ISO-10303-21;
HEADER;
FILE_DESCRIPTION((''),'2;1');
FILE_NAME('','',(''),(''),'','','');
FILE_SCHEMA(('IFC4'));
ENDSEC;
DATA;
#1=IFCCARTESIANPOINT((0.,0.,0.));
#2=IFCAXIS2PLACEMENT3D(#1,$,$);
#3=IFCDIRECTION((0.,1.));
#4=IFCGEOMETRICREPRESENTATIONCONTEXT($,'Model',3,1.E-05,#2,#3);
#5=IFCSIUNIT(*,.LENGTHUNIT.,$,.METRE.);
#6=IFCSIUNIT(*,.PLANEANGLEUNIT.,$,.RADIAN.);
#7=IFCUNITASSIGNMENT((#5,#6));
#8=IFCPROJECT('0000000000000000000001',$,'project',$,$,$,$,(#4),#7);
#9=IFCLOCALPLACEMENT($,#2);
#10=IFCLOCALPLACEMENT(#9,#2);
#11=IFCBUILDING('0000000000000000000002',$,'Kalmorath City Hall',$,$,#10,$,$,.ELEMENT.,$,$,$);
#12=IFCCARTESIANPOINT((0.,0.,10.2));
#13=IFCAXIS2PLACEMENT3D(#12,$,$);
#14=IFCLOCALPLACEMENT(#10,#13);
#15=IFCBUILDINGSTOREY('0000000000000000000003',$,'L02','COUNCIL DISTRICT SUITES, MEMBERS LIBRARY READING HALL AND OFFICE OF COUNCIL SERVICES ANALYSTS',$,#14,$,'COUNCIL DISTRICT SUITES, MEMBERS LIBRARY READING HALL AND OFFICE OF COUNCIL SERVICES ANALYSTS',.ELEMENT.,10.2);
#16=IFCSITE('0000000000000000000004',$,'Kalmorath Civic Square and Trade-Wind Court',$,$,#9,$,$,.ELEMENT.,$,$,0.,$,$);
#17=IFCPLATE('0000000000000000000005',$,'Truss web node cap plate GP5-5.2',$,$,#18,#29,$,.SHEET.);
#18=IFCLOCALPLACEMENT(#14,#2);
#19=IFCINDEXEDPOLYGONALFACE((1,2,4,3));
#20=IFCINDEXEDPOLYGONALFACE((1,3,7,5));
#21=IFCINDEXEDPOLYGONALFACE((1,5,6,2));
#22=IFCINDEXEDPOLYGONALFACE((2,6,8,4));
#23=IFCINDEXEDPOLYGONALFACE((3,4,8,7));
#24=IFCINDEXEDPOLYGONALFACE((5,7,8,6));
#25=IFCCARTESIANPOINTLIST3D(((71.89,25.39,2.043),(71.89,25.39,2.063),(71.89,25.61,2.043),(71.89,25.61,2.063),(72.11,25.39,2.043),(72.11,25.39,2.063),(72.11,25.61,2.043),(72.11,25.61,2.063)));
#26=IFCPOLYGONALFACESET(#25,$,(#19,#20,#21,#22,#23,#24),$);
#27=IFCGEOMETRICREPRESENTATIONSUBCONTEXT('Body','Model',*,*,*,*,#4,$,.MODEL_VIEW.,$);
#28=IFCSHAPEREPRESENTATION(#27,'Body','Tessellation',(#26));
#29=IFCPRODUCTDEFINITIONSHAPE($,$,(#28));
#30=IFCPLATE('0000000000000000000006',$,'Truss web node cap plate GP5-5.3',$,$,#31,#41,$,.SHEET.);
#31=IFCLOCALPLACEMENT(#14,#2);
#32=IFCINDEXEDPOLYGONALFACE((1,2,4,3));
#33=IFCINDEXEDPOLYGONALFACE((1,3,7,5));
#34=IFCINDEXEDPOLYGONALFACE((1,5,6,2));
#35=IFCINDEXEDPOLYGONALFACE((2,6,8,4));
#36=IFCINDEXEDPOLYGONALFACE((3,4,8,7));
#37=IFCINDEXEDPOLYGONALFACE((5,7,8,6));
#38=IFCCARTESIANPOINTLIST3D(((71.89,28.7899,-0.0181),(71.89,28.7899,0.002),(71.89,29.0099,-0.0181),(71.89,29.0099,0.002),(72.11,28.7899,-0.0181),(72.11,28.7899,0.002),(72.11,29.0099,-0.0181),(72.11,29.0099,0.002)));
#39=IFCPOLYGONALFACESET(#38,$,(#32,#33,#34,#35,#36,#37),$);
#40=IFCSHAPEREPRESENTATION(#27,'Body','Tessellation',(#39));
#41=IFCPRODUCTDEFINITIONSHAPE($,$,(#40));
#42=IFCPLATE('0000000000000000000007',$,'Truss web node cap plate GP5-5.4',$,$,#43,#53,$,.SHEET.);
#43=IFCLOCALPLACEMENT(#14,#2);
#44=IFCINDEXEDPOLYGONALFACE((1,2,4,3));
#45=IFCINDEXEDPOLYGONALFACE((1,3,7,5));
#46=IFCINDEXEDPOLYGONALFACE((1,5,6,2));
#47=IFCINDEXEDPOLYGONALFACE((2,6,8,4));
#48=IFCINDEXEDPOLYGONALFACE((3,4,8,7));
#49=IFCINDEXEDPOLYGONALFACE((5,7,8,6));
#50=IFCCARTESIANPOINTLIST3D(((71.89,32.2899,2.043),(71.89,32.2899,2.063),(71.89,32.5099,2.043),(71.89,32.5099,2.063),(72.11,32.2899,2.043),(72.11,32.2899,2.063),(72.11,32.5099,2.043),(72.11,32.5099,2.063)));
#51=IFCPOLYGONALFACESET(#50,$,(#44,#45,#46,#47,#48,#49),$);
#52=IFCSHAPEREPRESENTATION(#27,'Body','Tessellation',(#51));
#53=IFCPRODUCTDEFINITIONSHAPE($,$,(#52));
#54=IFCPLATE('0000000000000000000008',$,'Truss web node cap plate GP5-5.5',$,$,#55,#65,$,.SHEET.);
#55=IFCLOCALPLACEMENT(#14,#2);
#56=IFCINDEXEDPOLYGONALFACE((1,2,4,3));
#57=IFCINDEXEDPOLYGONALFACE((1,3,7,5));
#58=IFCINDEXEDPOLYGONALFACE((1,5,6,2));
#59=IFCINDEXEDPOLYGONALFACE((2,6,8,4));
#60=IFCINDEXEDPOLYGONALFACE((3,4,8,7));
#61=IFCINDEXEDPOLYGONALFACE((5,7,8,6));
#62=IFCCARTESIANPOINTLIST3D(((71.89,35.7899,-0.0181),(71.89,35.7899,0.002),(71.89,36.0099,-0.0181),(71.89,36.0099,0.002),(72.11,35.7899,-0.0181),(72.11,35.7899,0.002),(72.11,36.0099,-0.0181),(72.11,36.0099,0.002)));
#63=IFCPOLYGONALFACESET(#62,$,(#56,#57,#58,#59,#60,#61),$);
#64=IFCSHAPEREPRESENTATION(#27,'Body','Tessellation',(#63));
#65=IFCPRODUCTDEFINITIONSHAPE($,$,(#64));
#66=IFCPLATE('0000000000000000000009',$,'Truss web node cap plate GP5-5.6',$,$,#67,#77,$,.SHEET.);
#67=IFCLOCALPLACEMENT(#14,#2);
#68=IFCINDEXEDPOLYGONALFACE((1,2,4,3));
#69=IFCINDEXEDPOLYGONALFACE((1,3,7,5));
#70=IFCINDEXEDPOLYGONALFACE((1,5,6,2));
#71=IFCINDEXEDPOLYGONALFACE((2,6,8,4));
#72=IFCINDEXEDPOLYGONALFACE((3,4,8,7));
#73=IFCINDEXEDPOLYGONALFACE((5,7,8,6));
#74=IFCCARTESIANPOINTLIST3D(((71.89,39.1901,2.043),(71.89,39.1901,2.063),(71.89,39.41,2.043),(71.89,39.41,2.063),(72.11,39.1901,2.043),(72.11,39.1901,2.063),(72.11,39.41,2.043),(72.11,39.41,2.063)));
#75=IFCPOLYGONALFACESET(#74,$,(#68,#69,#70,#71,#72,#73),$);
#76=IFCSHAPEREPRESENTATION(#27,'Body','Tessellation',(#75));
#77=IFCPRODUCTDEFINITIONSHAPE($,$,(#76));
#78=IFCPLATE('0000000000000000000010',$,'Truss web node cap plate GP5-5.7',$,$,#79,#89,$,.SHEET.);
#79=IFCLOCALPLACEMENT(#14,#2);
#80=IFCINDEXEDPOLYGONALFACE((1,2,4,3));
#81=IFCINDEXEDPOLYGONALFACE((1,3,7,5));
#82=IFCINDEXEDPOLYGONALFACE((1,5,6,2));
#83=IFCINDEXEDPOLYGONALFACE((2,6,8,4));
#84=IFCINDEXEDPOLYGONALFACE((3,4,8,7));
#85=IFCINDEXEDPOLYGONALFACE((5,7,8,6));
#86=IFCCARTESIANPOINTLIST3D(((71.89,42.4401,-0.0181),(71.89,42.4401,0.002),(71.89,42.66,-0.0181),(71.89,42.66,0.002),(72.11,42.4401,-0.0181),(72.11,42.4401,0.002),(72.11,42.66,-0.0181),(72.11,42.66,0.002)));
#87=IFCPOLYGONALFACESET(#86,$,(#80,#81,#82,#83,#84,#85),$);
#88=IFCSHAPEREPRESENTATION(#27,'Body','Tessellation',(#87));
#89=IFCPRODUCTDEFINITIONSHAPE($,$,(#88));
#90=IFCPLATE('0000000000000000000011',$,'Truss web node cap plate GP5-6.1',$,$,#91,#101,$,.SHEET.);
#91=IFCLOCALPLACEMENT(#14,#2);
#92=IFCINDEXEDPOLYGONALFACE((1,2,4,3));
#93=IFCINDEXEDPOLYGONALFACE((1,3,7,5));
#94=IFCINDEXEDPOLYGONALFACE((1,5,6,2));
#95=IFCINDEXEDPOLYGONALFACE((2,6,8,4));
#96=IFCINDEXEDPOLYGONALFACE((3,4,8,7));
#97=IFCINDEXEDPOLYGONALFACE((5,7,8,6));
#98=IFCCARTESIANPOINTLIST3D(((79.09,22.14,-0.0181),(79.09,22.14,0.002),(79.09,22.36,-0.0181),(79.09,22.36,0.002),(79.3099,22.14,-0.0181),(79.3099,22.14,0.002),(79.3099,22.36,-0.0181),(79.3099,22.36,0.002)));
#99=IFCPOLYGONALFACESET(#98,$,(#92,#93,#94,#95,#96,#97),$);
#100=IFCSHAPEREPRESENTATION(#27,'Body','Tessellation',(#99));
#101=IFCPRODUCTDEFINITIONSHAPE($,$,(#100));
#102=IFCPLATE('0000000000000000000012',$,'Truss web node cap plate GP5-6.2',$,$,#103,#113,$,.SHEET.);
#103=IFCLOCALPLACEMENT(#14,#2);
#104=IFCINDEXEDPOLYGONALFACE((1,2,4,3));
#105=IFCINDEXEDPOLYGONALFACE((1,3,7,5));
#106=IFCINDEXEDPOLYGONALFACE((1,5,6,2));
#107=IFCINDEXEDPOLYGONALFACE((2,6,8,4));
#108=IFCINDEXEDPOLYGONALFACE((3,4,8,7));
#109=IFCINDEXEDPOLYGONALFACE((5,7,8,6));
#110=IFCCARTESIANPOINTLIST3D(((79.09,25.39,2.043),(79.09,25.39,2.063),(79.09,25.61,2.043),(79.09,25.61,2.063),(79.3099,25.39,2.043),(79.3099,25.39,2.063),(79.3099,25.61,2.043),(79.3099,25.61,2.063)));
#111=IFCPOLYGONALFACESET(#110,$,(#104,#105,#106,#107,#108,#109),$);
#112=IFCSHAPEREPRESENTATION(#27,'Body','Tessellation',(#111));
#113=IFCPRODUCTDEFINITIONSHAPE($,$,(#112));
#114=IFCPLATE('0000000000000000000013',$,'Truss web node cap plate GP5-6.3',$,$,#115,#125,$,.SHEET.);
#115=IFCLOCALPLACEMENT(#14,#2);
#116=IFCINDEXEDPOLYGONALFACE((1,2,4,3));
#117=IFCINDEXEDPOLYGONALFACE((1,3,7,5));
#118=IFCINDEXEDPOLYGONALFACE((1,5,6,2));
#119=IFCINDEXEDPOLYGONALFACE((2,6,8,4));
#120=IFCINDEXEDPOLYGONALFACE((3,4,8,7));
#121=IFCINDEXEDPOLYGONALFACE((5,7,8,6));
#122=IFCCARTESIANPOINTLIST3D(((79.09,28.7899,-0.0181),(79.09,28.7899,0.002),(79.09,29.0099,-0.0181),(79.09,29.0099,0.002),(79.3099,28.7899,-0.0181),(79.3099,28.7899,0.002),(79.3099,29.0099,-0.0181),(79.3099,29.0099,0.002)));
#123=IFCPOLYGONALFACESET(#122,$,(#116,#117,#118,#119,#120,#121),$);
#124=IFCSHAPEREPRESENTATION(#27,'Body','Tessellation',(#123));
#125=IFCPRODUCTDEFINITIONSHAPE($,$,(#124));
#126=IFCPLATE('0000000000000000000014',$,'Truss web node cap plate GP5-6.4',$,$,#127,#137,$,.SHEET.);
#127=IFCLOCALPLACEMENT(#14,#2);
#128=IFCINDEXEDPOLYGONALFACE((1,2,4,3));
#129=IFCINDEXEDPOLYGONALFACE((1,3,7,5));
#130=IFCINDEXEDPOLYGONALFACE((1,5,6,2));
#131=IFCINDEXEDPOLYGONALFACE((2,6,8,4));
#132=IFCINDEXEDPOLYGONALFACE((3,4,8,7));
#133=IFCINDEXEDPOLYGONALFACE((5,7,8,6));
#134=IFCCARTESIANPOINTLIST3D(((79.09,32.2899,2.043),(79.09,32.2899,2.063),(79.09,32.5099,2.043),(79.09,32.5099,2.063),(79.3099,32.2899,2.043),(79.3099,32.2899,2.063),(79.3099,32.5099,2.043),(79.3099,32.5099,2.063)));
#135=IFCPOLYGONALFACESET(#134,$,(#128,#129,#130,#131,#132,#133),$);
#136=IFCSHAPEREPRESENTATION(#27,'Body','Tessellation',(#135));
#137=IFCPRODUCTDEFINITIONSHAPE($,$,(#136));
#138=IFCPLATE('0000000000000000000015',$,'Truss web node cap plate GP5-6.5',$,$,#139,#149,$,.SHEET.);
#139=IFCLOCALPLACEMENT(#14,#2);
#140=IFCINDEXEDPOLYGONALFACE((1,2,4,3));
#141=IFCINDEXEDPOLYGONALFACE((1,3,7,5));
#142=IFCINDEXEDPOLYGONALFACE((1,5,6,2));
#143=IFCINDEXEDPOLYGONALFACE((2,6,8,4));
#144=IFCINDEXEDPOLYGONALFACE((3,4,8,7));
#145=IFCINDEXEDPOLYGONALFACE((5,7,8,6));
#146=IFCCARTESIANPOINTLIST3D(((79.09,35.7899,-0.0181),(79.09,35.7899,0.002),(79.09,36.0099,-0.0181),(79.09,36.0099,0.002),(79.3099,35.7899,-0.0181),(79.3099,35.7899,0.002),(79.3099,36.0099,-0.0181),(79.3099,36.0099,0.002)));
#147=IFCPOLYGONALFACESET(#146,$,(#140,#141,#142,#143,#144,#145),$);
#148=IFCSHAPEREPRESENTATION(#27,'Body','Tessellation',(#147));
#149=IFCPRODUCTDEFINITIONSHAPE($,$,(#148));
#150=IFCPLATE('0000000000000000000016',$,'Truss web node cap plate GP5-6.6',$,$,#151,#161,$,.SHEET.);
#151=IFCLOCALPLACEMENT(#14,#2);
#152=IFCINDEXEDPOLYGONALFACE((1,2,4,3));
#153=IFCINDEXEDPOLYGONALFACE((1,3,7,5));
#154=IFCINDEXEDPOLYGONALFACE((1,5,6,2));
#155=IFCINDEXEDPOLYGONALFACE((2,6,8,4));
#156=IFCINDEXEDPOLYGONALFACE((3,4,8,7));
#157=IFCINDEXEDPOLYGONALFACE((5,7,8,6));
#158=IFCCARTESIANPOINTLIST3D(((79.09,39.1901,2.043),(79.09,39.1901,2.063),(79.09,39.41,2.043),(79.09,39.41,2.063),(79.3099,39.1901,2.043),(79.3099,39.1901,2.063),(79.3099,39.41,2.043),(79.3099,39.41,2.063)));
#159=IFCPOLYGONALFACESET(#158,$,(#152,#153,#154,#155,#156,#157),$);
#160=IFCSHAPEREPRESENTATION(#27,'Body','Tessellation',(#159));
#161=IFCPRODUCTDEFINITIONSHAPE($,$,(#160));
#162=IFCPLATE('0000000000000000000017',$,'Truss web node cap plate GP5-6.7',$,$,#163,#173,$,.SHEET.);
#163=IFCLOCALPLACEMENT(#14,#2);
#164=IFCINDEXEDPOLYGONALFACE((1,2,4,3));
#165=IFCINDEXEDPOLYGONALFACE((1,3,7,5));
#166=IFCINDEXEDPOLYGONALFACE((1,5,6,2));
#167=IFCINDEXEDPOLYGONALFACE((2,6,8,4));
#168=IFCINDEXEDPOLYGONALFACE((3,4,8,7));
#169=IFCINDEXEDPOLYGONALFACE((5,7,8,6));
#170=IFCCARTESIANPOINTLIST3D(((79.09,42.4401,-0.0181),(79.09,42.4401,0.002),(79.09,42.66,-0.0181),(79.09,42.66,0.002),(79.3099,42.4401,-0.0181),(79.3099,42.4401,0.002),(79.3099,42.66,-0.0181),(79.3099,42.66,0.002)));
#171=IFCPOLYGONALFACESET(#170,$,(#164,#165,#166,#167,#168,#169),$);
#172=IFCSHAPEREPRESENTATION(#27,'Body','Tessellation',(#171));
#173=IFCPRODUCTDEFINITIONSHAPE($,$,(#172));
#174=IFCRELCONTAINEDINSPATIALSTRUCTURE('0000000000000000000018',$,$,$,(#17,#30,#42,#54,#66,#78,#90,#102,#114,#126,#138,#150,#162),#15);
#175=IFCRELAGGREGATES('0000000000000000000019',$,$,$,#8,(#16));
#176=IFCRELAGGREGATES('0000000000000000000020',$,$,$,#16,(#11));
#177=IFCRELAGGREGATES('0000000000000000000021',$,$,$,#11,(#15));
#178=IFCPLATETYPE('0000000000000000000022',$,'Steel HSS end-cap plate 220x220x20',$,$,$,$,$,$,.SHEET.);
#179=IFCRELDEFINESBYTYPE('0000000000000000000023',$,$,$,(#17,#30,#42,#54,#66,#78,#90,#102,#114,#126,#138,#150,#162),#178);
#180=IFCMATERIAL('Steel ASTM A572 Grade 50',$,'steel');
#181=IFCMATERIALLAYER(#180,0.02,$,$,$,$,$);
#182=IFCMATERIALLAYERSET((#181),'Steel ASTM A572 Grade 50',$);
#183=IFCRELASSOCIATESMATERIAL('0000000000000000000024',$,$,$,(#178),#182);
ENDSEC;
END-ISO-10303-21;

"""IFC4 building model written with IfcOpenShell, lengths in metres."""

from ifc_helpers import new_model, si_unit, direction, frame, origin, origin_2d, place, context, subcontext, project, spatial, rectangle, extrude, material, layer, layer_set, type_object, element, save


model = new_model("IFC4")

# Units and contexts
model_context = context("Model", 3, precision=1e-05, world=origin(), true_north=direction((0.0, 1.0)))
body_context = subcontext(model_context, "Body", "Model", "MODEL_VIEW")
ifc_project = project(units=[si_unit("LENGTHUNIT", "METRE"), si_unit("PLANEANGLEUNIT", "RADIAN")], contexts=[model_context])

# Site, building, storey
site_placement = place(None, origin())
site = spatial("IfcSite", under=ifc_project, at=site_placement, Name="Kalmorath Civic Square and Trade-Wind Court", CompositionType="ELEMENT", RefElevation=0.0)
building_placement = place(site_placement, origin())
building = spatial("IfcBuilding", under=site, at=building_placement, Name="Kalmorath City Hall", CompositionType="ELEMENT")
storey_placement = place(building_placement, frame((0.0, 0.0, 10.2)))
storey = spatial("IfcBuildingStorey", under=building, at=storey_placement, Name="L02", Description="COUNCIL DISTRICT SUITES, MEMBERS LIBRARY READING HALL AND OFFICE OF COUNCIL SERVICES ANALYSTS", LongName="COUNCIL DISTRICT SUITES, MEMBERS LIBRARY READING HALL AND OFFICE OF COUNCIL SERVICES ANALYSTS", CompositionType="ELEMENT", Elevation=10.2)

# Plates
ifc_material_1 = material(Name="Steel ASTM A572 Grade 50", Category="steel")
ifc_layer_1 = layer(ifc_material_1, 0.02)
ifc_layer_set_1 = layer_set([ifc_layer_1], Name="Steel ASTM A572 Grade 50")
plate_type = type_object("IfcPlateType", Name="Steel HSS end-cap plate 220x220x20", PredefinedType="SHEET", material=ifc_layer_set_1)
for number, where, z_axis, x_axis, name in (
    (1, (72.0, 25.5, 2.043), (0.0, 0.0, 1.0), (1.0, 0.0, 0.0), "Truss web node cap plate GP5-5.2"),
    (2, (72.0, 28.8999, -0.0181), (0.0, 0.0, 1.0), (1.0, 0.0, 0.0), "Truss web node cap plate GP5-5.3"),
    (3, (72.0, 32.3999, 2.043), (0.0, 0.0, 1.0), (1.0, 0.0, 0.0), "Truss web node cap plate GP5-5.4"),
    (4, (72.0, 35.8999, -0.0181), (0.0, 0.0, 1.0), (1.0, 0.0, 0.0), "Truss web node cap plate GP5-5.5"),
    (5, (72.0, 39.3, 2.043), (0.0, 0.0, 1.0), (1.0, 0.0, 0.0), "Truss web node cap plate GP5-5.6"),
    (6, (72.0, 42.55, -0.0181), (0.0, 0.0, 1.0), (1.0, 0.0, 0.0), "Truss web node cap plate GP5-5.7"),
    (7, (79.2, 22.25, -0.0181), (0.0, 0.0, 1.0), (1.0, 0.0, 0.0), "Truss web node cap plate GP5-6.1"),
    (8, (79.2, 25.5, 2.043), (0.0, 0.0, 1.0), (1.0, 0.0, 0.0), "Truss web node cap plate GP5-6.2"),
    (9, (79.2, 28.8999, -0.0181), (0.0, 0.0, 1.0), (1.0, 0.0, 0.0), "Truss web node cap plate GP5-6.3"),
    (10, (79.2, 32.3999, 2.043), (0.0, 0.0, 1.0), (1.0, 0.0, 0.0), "Truss web node cap plate GP5-6.4"),
    (11, (79.2, 35.8999, -0.0181), (0.0, 0.0, 1.0), (1.0, 0.0, 0.0), "Truss web node cap plate GP5-6.5"),
    (12, (79.2, 39.3, 2.043), (0.0, 0.0, 1.0), (1.0, 0.0, 0.0), "Truss web node cap plate GP5-6.6"),
    (13, (79.2, 42.55, -0.0181), (0.0, 0.0, 1.0), (1.0, 0.0, 0.0), "Truss web node cap plate GP5-6.7"),
):
    element("IfcPlate", number, at=place(storey_placement, frame(where, z_axis=z_axis, x_axis=x_axis)), inside=storey, type_object=plate_type, Name=name, PredefinedType="SHEET", context=body_context, shape_type="SweptSolid", body=[
        extrude(rectangle(XDim=0.22, YDim=0.22, at=origin_2d()), origin(), (0.0, 0.0, 1.0), 0.02),
    ])

save(model, "model.ifc")
